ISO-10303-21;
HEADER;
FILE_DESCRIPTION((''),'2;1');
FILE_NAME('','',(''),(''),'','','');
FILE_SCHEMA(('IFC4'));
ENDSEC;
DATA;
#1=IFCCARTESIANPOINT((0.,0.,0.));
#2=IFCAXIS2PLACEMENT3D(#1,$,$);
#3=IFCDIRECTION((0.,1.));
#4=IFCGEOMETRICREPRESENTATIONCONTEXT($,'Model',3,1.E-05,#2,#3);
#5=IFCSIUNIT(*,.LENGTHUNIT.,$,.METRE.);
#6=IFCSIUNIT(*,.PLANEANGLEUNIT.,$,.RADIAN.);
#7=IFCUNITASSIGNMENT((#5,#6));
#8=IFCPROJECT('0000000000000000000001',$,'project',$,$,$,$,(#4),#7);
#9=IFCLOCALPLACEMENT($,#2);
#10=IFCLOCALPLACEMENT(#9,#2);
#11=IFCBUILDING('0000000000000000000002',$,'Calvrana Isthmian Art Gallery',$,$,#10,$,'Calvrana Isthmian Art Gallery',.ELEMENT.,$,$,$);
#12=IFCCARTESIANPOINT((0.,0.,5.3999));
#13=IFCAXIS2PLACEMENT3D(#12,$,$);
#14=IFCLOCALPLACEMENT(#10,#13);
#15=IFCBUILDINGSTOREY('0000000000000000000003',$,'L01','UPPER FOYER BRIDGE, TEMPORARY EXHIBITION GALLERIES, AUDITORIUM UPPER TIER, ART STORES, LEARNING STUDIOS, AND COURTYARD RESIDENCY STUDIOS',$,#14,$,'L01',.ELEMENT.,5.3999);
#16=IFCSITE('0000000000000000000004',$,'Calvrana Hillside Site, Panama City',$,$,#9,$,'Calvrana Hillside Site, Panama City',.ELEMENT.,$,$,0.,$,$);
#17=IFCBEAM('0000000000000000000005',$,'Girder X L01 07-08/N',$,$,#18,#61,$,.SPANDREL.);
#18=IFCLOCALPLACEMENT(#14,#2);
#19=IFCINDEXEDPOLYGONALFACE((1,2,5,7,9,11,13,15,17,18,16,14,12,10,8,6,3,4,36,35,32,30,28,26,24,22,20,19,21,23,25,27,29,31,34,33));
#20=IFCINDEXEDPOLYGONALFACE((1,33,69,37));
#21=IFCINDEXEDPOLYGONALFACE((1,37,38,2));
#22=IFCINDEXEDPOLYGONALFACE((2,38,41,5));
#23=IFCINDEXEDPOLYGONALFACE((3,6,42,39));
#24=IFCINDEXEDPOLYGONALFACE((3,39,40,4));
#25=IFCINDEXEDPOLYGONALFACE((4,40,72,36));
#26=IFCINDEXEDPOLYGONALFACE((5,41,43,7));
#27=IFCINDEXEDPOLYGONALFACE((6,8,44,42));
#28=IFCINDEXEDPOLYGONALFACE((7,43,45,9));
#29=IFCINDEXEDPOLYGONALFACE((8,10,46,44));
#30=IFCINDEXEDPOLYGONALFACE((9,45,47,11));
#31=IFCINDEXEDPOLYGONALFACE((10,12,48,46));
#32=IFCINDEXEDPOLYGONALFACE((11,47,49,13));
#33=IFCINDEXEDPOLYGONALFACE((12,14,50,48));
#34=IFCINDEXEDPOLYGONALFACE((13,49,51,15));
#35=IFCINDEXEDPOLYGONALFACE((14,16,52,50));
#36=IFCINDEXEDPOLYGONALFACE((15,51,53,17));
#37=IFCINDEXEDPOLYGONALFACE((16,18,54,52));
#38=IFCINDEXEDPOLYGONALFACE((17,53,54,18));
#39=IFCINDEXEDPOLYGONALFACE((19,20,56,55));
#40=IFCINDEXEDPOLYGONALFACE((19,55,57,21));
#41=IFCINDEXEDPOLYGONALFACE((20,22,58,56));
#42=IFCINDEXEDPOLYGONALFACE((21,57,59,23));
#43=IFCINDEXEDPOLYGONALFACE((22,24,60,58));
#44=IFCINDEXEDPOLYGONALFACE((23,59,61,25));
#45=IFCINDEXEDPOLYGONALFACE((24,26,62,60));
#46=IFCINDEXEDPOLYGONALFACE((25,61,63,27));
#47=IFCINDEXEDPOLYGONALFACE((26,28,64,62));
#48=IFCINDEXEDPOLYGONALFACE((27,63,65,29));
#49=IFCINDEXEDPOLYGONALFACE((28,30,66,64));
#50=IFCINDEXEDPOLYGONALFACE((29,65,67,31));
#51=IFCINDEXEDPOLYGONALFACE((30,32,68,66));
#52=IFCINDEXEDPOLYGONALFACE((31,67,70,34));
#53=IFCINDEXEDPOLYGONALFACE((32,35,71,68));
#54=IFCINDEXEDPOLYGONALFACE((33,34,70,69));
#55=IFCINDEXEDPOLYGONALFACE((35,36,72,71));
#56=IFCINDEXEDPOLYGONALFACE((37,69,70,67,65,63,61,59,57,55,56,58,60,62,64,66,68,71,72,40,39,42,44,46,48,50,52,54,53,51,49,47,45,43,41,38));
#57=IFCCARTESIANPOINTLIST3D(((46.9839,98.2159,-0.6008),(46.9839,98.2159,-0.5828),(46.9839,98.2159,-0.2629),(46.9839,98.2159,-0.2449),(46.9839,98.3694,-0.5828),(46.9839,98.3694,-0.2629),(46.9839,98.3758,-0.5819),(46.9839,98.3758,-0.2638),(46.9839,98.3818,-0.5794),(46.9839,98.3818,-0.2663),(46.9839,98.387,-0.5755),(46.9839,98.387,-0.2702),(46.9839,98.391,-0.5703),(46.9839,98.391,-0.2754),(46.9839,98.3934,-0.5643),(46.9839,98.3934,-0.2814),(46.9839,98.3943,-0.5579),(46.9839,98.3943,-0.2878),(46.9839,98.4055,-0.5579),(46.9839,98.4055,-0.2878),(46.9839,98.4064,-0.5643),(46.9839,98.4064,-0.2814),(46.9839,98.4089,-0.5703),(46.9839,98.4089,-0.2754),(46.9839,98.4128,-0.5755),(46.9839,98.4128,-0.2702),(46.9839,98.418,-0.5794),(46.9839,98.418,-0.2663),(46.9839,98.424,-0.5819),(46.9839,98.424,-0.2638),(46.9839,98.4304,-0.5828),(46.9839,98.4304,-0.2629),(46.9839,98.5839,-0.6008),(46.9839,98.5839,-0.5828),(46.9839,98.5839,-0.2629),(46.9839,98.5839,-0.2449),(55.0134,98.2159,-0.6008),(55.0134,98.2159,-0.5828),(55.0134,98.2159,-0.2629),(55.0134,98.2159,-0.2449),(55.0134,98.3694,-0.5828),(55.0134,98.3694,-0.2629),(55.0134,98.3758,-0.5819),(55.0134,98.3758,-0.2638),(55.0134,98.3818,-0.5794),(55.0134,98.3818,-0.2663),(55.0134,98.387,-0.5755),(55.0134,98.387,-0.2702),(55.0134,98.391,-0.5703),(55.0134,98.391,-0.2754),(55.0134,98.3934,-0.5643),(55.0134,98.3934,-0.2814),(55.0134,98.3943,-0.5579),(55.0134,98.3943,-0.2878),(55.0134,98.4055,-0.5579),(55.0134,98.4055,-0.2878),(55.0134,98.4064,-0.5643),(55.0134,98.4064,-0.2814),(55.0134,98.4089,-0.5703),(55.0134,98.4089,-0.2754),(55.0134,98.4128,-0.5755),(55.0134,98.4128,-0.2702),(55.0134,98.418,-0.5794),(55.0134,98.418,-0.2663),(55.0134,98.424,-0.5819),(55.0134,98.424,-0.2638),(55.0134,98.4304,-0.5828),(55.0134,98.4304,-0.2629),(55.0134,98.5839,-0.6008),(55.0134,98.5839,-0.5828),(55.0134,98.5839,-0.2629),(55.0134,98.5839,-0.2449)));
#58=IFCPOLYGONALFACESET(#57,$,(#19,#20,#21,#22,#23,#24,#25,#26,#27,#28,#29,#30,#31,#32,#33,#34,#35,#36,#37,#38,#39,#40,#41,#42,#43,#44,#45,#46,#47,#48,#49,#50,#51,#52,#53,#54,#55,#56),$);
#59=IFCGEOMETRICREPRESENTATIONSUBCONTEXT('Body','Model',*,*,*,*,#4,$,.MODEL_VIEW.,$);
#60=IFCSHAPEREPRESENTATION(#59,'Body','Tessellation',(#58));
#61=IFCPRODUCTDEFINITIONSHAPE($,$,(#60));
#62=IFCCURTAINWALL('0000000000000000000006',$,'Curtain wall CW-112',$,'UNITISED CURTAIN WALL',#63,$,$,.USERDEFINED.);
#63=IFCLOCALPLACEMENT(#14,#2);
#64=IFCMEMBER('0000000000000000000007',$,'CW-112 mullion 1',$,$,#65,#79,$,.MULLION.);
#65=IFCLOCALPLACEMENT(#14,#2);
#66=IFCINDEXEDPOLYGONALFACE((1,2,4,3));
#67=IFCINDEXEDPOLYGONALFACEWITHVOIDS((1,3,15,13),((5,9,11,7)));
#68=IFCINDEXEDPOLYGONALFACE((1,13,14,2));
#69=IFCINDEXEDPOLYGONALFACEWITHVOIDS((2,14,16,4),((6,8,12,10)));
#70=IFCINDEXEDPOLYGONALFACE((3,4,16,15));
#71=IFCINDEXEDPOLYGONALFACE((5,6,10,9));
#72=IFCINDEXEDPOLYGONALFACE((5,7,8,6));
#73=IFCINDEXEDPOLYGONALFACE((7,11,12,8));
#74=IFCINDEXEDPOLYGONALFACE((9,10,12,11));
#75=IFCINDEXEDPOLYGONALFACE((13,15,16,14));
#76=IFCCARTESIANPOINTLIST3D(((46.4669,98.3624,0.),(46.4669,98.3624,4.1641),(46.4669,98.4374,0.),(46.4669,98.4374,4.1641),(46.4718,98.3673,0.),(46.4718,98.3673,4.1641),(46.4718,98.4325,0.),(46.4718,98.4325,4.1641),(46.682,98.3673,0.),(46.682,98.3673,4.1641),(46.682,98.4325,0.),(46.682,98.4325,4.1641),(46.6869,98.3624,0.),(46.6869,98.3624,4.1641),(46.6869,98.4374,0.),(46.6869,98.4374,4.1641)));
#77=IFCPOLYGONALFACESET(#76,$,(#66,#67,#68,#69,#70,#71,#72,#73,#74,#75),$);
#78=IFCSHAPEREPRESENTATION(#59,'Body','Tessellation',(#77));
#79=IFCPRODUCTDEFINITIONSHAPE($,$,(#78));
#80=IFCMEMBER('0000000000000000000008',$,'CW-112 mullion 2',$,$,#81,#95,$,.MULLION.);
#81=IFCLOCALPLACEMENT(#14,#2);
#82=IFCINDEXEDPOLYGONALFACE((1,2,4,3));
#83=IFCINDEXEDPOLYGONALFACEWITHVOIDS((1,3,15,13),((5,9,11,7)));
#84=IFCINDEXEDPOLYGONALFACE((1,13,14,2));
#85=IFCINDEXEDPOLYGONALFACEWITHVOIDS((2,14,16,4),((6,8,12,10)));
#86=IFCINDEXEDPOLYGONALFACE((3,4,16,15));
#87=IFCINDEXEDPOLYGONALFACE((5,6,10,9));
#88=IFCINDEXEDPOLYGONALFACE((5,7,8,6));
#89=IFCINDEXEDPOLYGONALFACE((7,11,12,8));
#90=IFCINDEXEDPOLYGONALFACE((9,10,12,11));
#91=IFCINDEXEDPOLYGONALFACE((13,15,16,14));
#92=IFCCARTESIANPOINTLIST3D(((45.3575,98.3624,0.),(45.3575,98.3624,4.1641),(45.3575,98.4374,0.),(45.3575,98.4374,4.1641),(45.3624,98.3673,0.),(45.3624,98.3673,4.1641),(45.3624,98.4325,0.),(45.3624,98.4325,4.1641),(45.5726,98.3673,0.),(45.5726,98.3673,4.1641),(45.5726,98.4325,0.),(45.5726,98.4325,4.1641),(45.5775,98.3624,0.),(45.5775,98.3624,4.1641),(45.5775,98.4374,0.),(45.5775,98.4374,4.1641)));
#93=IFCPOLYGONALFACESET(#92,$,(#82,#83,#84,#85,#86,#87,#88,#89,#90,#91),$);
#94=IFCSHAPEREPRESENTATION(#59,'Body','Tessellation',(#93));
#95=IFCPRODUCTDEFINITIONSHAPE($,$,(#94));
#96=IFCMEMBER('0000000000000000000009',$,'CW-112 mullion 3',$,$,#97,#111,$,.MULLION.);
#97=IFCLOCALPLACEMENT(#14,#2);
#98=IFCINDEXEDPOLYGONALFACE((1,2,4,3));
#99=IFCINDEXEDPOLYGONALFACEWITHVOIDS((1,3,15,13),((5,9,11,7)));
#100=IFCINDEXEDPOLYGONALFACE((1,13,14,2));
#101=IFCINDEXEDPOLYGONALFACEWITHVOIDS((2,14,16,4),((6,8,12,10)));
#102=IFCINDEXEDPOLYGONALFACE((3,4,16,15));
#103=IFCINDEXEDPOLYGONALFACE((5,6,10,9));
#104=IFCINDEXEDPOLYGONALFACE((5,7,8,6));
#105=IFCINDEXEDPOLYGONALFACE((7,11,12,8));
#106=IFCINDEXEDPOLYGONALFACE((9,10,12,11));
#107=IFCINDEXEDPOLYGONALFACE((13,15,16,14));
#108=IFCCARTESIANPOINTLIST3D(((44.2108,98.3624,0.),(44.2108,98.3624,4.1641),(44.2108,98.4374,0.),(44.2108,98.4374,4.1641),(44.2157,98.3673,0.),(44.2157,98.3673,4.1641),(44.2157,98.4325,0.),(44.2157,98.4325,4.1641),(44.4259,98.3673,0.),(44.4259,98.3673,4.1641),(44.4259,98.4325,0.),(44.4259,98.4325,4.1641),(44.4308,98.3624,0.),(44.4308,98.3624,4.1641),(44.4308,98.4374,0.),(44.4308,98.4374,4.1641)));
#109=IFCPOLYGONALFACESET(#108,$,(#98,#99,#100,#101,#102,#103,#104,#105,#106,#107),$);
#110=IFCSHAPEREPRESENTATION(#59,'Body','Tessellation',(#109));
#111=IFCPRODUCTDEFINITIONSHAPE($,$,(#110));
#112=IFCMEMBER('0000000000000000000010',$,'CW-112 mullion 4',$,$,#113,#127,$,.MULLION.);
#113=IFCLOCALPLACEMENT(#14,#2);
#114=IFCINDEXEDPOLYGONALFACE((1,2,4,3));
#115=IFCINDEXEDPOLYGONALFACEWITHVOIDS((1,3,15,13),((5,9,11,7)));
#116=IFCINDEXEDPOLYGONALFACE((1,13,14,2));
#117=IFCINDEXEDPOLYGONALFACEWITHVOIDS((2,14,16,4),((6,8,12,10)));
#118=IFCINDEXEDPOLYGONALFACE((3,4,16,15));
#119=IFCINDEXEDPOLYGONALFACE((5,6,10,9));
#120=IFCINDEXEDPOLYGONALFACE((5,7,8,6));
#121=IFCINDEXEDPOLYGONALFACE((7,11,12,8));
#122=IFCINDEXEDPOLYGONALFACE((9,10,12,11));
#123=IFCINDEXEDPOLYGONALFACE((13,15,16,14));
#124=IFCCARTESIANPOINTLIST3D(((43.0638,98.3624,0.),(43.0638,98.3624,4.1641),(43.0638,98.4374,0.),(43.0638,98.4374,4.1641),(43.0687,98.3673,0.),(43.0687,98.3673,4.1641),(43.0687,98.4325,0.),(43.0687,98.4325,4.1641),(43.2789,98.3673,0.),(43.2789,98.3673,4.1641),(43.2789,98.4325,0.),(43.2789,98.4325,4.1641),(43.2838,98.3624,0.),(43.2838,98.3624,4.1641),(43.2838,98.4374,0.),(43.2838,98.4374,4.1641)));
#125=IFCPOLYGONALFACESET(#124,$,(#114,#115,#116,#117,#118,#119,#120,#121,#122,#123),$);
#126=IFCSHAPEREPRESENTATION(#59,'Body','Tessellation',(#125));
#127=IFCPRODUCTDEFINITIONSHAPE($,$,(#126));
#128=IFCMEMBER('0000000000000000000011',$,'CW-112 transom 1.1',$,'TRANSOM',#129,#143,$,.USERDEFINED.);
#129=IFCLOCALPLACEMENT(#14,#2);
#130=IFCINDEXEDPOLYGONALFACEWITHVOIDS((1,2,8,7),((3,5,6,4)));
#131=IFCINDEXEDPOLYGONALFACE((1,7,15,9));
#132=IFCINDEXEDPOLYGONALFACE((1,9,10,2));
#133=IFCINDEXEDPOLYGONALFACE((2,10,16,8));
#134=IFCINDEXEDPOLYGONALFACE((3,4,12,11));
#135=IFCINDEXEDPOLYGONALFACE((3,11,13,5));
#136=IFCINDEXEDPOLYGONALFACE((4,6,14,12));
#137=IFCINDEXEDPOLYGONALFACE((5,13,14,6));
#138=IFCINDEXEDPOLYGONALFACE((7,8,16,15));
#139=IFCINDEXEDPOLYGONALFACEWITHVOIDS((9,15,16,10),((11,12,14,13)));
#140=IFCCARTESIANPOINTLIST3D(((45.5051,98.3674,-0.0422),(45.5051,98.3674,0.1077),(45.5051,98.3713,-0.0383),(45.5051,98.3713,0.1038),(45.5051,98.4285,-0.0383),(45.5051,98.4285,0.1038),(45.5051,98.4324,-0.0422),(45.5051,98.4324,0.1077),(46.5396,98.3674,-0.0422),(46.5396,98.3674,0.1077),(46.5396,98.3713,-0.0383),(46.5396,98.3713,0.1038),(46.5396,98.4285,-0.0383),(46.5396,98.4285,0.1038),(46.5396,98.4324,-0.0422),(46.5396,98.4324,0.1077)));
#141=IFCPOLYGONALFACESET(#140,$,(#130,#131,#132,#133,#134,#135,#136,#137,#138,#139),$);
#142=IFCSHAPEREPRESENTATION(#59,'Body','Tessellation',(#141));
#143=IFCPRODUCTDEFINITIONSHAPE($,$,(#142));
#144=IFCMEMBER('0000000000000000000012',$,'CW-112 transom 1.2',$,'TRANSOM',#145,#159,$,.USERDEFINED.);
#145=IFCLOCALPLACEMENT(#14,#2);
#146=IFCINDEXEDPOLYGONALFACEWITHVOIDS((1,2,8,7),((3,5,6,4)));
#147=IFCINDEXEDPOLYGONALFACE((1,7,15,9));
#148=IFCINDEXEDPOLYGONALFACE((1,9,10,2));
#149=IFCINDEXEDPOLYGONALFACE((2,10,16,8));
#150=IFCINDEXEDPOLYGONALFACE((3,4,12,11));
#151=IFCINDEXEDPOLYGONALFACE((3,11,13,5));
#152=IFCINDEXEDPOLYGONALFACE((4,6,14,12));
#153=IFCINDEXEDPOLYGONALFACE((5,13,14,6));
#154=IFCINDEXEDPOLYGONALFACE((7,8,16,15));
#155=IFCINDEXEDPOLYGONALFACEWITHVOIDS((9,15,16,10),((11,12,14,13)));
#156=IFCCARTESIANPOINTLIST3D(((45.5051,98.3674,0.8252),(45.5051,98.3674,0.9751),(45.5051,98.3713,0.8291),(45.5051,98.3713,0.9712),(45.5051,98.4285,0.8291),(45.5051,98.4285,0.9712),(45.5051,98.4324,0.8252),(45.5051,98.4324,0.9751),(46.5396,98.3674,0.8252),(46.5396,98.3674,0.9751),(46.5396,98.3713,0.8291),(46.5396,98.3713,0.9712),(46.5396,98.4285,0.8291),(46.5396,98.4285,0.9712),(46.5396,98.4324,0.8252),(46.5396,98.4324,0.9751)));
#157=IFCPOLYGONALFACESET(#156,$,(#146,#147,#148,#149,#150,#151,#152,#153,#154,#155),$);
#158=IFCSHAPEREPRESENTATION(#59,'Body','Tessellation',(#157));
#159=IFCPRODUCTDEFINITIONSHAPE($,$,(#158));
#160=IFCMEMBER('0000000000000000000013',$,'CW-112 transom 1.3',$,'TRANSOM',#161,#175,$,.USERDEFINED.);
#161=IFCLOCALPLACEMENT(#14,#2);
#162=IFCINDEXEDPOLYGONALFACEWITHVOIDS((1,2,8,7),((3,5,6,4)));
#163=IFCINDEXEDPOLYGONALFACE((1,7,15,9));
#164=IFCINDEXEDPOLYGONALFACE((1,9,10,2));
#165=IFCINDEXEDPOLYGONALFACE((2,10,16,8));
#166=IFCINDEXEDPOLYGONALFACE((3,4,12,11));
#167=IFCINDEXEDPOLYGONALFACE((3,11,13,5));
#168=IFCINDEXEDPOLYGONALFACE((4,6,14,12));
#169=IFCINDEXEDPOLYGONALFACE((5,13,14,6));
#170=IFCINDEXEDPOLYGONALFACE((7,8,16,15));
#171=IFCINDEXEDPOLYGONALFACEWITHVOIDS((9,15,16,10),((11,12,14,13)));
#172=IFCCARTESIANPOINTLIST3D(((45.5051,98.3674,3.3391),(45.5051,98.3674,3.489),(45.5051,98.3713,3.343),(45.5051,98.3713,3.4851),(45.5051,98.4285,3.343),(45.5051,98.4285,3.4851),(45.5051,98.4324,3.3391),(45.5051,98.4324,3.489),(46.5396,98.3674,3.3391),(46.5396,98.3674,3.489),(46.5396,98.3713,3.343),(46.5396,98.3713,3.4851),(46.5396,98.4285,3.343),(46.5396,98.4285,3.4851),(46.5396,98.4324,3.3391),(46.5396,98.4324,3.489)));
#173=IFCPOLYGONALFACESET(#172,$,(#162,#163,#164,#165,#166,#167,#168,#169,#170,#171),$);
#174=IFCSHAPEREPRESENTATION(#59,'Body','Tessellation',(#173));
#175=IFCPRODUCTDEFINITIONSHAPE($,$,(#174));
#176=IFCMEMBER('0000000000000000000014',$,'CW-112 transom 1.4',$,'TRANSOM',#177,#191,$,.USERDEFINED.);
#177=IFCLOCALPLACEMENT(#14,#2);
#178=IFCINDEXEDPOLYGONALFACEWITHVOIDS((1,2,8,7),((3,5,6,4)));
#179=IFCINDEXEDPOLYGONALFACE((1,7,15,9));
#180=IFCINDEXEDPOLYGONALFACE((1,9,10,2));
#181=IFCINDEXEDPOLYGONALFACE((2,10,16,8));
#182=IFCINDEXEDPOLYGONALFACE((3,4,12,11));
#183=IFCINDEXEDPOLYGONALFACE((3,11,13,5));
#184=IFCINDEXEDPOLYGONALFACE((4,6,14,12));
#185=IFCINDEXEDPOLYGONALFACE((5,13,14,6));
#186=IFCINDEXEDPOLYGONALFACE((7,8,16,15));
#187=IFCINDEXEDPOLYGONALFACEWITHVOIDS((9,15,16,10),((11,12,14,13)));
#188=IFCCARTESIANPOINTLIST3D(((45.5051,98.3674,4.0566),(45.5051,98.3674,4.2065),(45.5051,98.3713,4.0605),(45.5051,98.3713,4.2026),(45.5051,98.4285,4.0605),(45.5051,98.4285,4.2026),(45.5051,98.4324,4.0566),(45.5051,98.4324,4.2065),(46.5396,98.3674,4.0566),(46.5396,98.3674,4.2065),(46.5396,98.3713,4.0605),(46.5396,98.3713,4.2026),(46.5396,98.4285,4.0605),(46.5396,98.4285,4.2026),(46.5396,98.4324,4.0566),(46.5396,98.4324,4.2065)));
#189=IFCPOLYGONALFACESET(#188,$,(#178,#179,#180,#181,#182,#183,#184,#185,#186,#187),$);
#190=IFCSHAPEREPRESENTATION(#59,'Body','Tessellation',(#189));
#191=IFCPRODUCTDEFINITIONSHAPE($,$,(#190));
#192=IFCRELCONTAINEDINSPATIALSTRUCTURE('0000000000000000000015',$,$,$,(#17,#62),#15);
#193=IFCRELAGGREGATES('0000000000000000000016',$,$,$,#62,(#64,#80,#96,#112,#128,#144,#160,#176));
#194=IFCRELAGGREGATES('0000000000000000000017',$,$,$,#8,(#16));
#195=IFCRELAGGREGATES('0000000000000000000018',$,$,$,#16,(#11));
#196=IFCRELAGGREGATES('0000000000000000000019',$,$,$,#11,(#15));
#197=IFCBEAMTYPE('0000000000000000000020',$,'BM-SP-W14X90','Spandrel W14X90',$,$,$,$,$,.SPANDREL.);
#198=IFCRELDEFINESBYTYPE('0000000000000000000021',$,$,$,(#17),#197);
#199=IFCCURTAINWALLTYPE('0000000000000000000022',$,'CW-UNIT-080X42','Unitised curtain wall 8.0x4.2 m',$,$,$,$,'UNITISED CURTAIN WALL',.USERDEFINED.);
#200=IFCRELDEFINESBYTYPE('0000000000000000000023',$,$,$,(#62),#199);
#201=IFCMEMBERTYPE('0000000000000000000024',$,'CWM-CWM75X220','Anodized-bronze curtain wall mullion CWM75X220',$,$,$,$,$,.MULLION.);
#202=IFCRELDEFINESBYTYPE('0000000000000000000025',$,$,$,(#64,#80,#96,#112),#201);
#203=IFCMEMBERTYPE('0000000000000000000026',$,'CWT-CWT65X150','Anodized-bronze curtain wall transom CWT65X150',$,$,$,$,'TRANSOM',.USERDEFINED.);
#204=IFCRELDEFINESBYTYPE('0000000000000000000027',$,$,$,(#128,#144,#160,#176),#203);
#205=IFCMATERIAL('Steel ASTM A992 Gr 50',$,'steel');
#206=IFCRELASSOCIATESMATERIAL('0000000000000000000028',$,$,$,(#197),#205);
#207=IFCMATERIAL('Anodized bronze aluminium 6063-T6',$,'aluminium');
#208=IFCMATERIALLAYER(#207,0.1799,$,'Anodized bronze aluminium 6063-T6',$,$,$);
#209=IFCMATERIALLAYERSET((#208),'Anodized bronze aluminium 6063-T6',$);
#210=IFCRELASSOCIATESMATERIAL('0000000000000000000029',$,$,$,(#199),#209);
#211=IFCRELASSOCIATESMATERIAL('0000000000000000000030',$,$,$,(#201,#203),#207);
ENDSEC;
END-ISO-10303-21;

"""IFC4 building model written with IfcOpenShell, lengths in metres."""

from ifc_helpers import new_model, si_unit, direction, frame, origin, origin_2d, place, context, subcontext, project, spatial, hollow_rectangle, i_section, extrude, material, layer, layer_set, material_profile, profile_set, type_object, element, aggregate, save


model = new_model("IFC4")

# Units and contexts
model_context = context("Model", 3, precision=1e-05, world=origin(), true_north=direction((0.0, 1.0)))
body_context = subcontext(model_context, "Body", "Model", "MODEL_VIEW")
ifc_project = project(units=[si_unit("LENGTHUNIT", "METRE"), si_unit("PLANEANGLEUNIT", "RADIAN")], contexts=[model_context])

# Site, building, storey
site_placement = place(None, origin())
site = spatial("IfcSite", under=ifc_project, at=site_placement, Name="Calvrana Hillside Site, Panama City", LongName="Calvrana Hillside Site, Panama City", CompositionType="ELEMENT", RefElevation=0.0)
building_placement = place(site_placement, origin())
building = spatial("IfcBuilding", under=site, at=building_placement, Name="Calvrana Isthmian Art Gallery", LongName="Calvrana Isthmian Art Gallery", CompositionType="ELEMENT")
storey_placement = place(building_placement, frame((0.0, 0.0, 5.3999)))
storey = spatial("IfcBuildingStorey", under=building, at=storey_placement, Name="L01", Description="UPPER FOYER BRIDGE, TEMPORARY EXHIBITION GALLERIES, AUDITORIUM UPPER TIER, ART STORES, LEARNING STUDIOS, AND COURTYARD RESIDENCY STUDIOS", LongName="L01", CompositionType="ELEMENT", Elevation=5.3999)

# Shared definitions
ifc_material_1 = material(Name="Steel ASTM A992 Gr 50", Category="steel")

# Beam
ifc_material_profile_1 = material_profile(ifc_material_1, i_section(OverallWidth=0.3679, OverallDepth=0.356, WebThickness=0.0112, FlangeThickness=0.0181, FilletRadius=0.0249, at=origin_2d()), Name="W14X90")
ifc_profile_set_1 = profile_set([ifc_material_profile_1], Name="Steel ASTM A992 Gr 50")
beam_type_1 = type_object("IfcBeamType", Name="BM-SP-W14X90", Description="Spandrel W14X90", PredefinedType="SPANDREL", material=ifc_profile_set_1)
beam_1_placement = place(storey_placement, frame((46.9839, 98.3999, -0.4229), z_axis=(1.0, 0.0, 0.0), x_axis=(0.0, 1.0, 0.0)))
element("IfcBeam", 1, at=beam_1_placement, inside=storey, type_object=beam_type_1, Name="Girder X L01 07-08/N", PredefinedType="SPANDREL", context=body_context, shape_type="SweptSolid", body=[
    extrude(i_section(OverallWidth=0.3679, OverallDepth=0.356, WebThickness=0.0112, FlangeThickness=0.0181, FilletRadius=0.0249, at=origin_2d()), origin(), (0.0, 0.0, 1.0), 8.0295),
])

# Curtain wall, members
ifc_material_2 = material(Name="Anodized bronze aluminium 6063-T6", Category="aluminium")
ifc_layer_1 = layer(ifc_material_2, 0.1799, Name="Anodized bronze aluminium 6063-T6")
ifc_layer_set_1 = layer_set([ifc_layer_1], Name="Anodized bronze aluminium 6063-T6")
curtain_wall_type = type_object("IfcCurtainWallType", Name="CW-UNIT-080X42", Description="Unitised curtain wall 8.0x4.2 m", ElementType="UNITISED CURTAIN WALL", PredefinedType="USERDEFINED", material=ifc_layer_set_1)
curtain_wall_placement = place(storey_placement, origin())
curtain_wall = element("IfcCurtainWall", 2, at=curtain_wall_placement, inside=storey, type_object=curtain_wall_type, Name="Curtain wall CW-112", ObjectType="UNITISED CURTAIN WALL", PredefinedType="USERDEFINED")
ifc_material_profile_2 = material_profile(ifc_material_2, hollow_rectangle(XDim=0.075, YDim=0.22, WallThickness=0.0049, at=origin_2d()), Name="CWM75X220")
ifc_profile_set_2 = profile_set([ifc_material_profile_2], Name="Anodized bronze aluminium 6063-T6")
member_type_1 = type_object("IfcMemberType", Name="CWM-CWM75X220", Description="Anodized-bronze curtain wall mullion CWM75X220", PredefinedType="MULLION", material=ifc_profile_set_2)
member_1_placement = place(storey_placement, frame((46.5769, 98.3999, 0.0), z_axis=(0.0, 0.0, 1.0), x_axis=(0.0, -1.0, 0.0)))
member_1 = element("IfcMember", 3, at=member_1_placement, type_object=member_type_1, Name="CW-112 mullion 1", PredefinedType="MULLION", context=body_context, shape_type="SweptSolid", body=[
    extrude(hollow_rectangle(XDim=0.075, YDim=0.22, WallThickness=0.0049, at=origin_2d()), origin(), (0.0, 0.0, 1.0), 4.1641),
])
member_2_placement = place(storey_placement, frame((45.4675, 98.3999, 0.0), z_axis=(0.0, 0.0, 1.0), x_axis=(0.0, -1.0, 0.0)))
member_2 = element("IfcMember", 4, at=member_2_placement, type_object=member_type_1, Name="CW-112 mullion 2", PredefinedType="MULLION", context=body_context, shape_type="SweptSolid", body=[
    extrude(hollow_rectangle(XDim=0.075, YDim=0.22, WallThickness=0.0049, at=origin_2d()), origin(), (0.0, 0.0, 1.0), 4.1641),
])
member_3_placement = place(storey_placement, frame((44.3208, 98.3999, 0.0), z_axis=(0.0, 0.0, 1.0), x_axis=(0.0, -1.0, 0.0)))
member_3 = element("IfcMember", 5, at=member_3_placement, type_object=member_type_1, Name="CW-112 mullion 3", PredefinedType="MULLION", context=body_context, shape_type="SweptSolid", body=[
    extrude(hollow_rectangle(XDim=0.075, YDim=0.22, WallThickness=0.0049, at=origin_2d()), origin(), (0.0, 0.0, 1.0), 4.1641),
])
member_4_placement = place(storey_placement, frame((43.1738, 98.3999, 0.0), z_axis=(0.0, 0.0, 1.0), x_axis=(0.0, -1.0, 0.0)))
member_4 = element("IfcMember", 6, at=member_4_placement, type_object=member_type_1, Name="CW-112 mullion 4", PredefinedType="MULLION", context=body_context, shape_type="SweptSolid", body=[
    extrude(hollow_rectangle(XDim=0.075, YDim=0.22, WallThickness=0.0049, at=origin_2d()), origin(), (0.0, 0.0, 1.0), 4.1641),
])
ifc_material_profile_3 = material_profile(ifc_material_2, hollow_rectangle(XDim=0.0649, YDim=0.1499, WallThickness=0.0039, at=origin_2d()), Name="CWT65X150")
ifc_profile_set_3 = profile_set([ifc_material_profile_3], Name="Anodized bronze aluminium 6063-T6")
member_type_2 = type_object("IfcMemberType", Name="CWT-CWT65X150", Description="Anodized-bronze curtain wall transom CWT65X150", ElementType="TRANSOM", PredefinedType="USERDEFINED", material=ifc_profile_set_3)
member_5_placement = place(storey_placement, frame((46.5396, 98.3999, 0.0327), z_axis=(-1.0, 0.0, 0.0), x_axis=(0.0, -1.0, 0.0)))
member_5 = element("IfcMember", 7, at=member_5_placement, type_object=member_type_2, Name="CW-112 transom 1.1", ObjectType="TRANSOM", PredefinedType="USERDEFINED", context=body_context, shape_type="SweptSolid", body=[
    extrude(hollow_rectangle(XDim=0.0649, YDim=0.1499, WallThickness=0.0039, at=origin_2d()), origin(), (0.0, 0.0, 1.0), 1.0344),
])
member_6_placement = place(storey_placement, frame((46.5396, 98.3999, 0.9001), z_axis=(-1.0, 0.0, 0.0), x_axis=(0.0, -1.0, 0.0)))
member_6 = element("IfcMember", 8, at=member_6_placement, type_object=member_type_2, Name="CW-112 transom 1.2", ObjectType="TRANSOM", PredefinedType="USERDEFINED", context=body_context, shape_type="SweptSolid", body=[
    extrude(hollow_rectangle(XDim=0.0649, YDim=0.1499, WallThickness=0.0039, at=origin_2d()), origin(), (0.0, 0.0, 1.0), 1.0344),
])
member_7_placement = place(storey_placement, frame((46.5396, 98.3999, 3.4141), z_axis=(-1.0, 0.0, 0.0), x_axis=(0.0, -1.0, 0.0)))
member_7 = element("IfcMember", 9, at=member_7_placement, type_object=member_type_2, Name="CW-112 transom 1.3", ObjectType="TRANSOM", PredefinedType="USERDEFINED", context=body_context, shape_type="SweptSolid", body=[
    extrude(hollow_rectangle(XDim=0.0649, YDim=0.1499, WallThickness=0.0039, at=origin_2d()), origin(), (0.0, 0.0, 1.0), 1.0344),
])
member_8_placement = place(storey_placement, frame((46.5396, 98.3999, 4.1316), z_axis=(-1.0, 0.0, 0.0), x_axis=(0.0, -1.0, 0.0)))
member_8 = element("IfcMember", 10, at=member_8_placement, type_object=member_type_2, Name="CW-112 transom 1.4", ObjectType="TRANSOM", PredefinedType="USERDEFINED", context=body_context, shape_type="SweptSolid", body=[
    extrude(hollow_rectangle(XDim=0.0649, YDim=0.1499, WallThickness=0.0039, at=origin_2d()), origin(), (0.0, 0.0, 1.0), 1.0344),
])
aggregate(curtain_wall, [member_1, member_2, member_3, member_4, member_5, member_6, member_7, member_8])

save(model, "model.ifc")
